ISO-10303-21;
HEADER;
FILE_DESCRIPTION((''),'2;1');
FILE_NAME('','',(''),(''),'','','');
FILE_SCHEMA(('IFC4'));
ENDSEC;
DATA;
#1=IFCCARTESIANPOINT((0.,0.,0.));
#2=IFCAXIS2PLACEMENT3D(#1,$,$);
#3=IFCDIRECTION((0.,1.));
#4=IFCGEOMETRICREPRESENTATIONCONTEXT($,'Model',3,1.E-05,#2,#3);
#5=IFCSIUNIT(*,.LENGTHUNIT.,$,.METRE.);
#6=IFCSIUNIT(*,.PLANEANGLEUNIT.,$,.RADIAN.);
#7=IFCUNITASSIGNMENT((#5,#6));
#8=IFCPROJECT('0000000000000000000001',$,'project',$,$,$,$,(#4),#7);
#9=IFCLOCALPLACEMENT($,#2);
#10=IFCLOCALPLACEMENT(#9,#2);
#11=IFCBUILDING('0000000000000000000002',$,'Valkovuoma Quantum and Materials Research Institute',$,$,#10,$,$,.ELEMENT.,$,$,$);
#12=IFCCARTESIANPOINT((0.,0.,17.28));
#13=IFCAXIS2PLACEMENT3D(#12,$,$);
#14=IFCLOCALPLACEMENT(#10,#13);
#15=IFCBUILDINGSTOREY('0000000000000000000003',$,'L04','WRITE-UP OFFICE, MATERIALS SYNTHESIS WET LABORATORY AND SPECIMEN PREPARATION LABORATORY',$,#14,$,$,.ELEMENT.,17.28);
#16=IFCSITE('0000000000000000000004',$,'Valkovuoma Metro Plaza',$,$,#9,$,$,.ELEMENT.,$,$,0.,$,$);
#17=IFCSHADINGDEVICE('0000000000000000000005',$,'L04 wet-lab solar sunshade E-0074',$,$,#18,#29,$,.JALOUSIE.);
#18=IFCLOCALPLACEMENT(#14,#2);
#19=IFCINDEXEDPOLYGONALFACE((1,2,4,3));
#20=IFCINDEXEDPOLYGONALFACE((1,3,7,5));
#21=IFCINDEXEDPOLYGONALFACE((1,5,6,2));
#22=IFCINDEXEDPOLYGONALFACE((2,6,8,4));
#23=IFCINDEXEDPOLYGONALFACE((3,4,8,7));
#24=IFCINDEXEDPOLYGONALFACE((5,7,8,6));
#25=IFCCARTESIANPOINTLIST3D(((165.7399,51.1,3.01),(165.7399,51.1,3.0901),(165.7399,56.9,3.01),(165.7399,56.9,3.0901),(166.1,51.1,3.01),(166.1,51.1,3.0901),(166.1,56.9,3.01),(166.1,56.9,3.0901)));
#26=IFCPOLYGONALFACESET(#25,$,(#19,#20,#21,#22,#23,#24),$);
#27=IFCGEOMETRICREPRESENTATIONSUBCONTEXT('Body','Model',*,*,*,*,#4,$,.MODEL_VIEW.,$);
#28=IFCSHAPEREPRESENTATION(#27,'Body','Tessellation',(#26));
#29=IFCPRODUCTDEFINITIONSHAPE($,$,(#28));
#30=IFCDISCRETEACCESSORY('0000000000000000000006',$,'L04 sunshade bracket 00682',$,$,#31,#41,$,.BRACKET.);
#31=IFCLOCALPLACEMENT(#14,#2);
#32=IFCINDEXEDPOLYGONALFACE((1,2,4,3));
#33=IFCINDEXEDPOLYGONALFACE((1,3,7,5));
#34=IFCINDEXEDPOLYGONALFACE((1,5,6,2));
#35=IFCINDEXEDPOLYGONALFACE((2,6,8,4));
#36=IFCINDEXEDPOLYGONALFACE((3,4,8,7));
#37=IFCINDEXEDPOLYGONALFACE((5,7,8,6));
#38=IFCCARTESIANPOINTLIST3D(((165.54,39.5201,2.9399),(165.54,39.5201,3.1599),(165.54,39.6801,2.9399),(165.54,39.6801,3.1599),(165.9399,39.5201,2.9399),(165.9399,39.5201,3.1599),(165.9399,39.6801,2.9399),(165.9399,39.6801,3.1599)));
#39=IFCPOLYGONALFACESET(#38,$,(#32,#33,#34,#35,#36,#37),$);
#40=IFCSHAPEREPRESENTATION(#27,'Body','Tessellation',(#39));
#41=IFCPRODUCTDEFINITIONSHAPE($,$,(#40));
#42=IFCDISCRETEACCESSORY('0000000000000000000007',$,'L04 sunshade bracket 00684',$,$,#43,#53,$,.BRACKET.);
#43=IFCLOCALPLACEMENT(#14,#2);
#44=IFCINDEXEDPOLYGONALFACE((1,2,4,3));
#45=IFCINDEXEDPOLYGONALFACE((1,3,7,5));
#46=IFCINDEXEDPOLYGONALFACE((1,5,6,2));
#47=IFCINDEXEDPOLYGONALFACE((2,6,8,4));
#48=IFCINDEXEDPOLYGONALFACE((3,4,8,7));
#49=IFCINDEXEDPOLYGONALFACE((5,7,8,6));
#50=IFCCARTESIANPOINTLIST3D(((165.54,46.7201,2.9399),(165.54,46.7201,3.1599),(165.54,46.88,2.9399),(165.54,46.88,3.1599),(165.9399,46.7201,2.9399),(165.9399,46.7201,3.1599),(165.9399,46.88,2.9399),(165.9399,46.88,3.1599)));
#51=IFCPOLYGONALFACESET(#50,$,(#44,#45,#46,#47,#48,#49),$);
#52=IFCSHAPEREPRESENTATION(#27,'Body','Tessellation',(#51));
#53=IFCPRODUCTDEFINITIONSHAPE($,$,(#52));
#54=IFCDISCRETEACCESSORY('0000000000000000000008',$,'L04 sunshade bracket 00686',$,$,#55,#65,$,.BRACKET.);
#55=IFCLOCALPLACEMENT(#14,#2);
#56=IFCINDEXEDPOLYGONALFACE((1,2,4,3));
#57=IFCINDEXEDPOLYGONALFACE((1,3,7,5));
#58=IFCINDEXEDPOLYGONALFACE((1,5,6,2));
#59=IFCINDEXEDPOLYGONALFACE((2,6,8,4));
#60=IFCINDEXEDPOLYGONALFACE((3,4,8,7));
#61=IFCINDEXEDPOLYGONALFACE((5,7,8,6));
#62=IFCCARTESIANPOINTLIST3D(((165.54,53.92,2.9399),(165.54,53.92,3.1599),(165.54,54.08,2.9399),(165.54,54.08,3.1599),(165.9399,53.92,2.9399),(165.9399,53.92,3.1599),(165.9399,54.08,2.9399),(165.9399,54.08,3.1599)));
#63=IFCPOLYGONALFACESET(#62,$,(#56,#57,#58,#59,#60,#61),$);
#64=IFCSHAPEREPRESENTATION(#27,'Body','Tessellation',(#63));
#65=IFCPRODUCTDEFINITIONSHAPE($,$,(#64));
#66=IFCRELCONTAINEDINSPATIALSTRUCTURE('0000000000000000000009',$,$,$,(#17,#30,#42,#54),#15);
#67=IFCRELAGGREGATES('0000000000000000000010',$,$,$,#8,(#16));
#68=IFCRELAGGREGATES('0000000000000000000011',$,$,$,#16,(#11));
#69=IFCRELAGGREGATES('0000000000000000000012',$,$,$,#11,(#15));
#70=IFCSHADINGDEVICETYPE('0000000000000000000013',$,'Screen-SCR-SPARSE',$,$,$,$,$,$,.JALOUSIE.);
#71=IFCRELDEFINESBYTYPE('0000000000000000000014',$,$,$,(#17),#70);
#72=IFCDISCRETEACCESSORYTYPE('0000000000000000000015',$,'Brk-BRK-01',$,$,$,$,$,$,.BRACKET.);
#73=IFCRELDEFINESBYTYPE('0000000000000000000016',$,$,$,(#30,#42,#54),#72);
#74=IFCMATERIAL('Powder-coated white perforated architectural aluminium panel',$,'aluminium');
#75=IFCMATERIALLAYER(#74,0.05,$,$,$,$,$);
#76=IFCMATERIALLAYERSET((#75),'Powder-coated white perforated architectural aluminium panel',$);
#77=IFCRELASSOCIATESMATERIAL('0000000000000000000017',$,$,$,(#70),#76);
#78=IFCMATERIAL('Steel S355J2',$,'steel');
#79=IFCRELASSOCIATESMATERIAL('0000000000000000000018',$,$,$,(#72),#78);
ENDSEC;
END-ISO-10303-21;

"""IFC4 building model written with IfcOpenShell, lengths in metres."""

from ifc_helpers import new_model, si_unit, direction, frame, origin, origin_2d, place, context, subcontext, project, spatial, rectangle, extrude, material, layer, layer_set, type_object, element, save


model = new_model("IFC4")

# Units and contexts
model_context = context("Model", 3, precision=1e-05, world=origin(), true_north=direction((0.0, 1.0)))
body_context = subcontext(model_context, "Body", "Model", "MODEL_VIEW")
ifc_project = project(units=[si_unit("LENGTHUNIT", "METRE"), si_unit("PLANEANGLEUNIT", "RADIAN")], contexts=[model_context])

# Site, building, storey
site_placement = place(None, origin())
site = spatial("IfcSite", under=ifc_project, at=site_placement, Name="Valkovuoma Metro Plaza", CompositionType="ELEMENT", RefElevation=0.0)
building_placement = place(site_placement, origin())
building = spatial("IfcBuilding", under=site, at=building_placement, Name="Valkovuoma Quantum and Materials Research Institute", CompositionType="ELEMENT")
storey_placement = place(building_placement, frame((0.0, 0.0, 17.28)))
storey = spatial("IfcBuildingStorey", under=building, at=storey_placement, Name="L04", Description="WRITE-UP OFFICE, MATERIALS SYNTHESIS WET LABORATORY AND SPECIMEN PREPARATION LABORATORY", CompositionType="ELEMENT", Elevation=17.28)

# Shading device
ifc_material_1 = material(Name="Powder-coated white perforated architectural aluminium panel", Category="aluminium")
ifc_layer_1 = layer(ifc_material_1, 0.05)
ifc_layer_set_1 = layer_set([ifc_layer_1], Name="Powder-coated white perforated architectural aluminium panel")
shading_device_type_1 = type_object("IfcShadingDeviceType", Name="Screen-SCR-SPARSE", PredefinedType="JALOUSIE", material=ifc_layer_set_1)
shading_device_1_placement = place(storey_placement, frame((165.9199, 54.0, 3.01), z_axis=(0.0, 0.0, 1.0), x_axis=(1.0, 0.0, 0.0)))
element("IfcShadingDevice", 1, at=shading_device_1_placement, inside=storey, type_object=shading_device_type_1, Name="L04 wet-lab solar sunshade E-0074", PredefinedType="JALOUSIE", context=body_context, shape_type="SweptSolid", body=[
    extrude(rectangle(XDim=0.3601, YDim=5.8, at=origin_2d()), origin(), (0.0, 0.0, 1.0), 0.0801),
])

# Discrete accessories
ifc_material_2 = material(Name="Steel S355J2", Category="steel")
discrete_accessory_type = type_object("IfcDiscreteAccessoryType", Name="Brk-BRK-01", PredefinedType="BRACKET", material=ifc_material_2)
for number, where, z_axis, x_axis, name in (
    (2, (165.74, 39.6001, 2.9399), (0.0, 0.0, 1.0), (1.0, 0.0, 0.0), "L04 sunshade bracket 00682"),
    (3, (165.74, 46.8, 2.9399), (0.0, 0.0, 1.0), (1.0, 0.0, 0.0), "L04 sunshade bracket 00684"),
    (4, (165.74, 54.0, 2.9399), (0.0, 0.0, 1.0), (1.0, 0.0, 0.0), "L04 sunshade bracket 00686"),
):
    element("IfcDiscreteAccessory", number, at=place(storey_placement, frame(where, z_axis=z_axis, x_axis=x_axis)), inside=storey, type_object=discrete_accessory_type, Name=name, PredefinedType="BRACKET", context=body_context, shape_type="SweptSolid", body=[
        extrude(rectangle(XDim=0.3999, YDim=0.1599, at=origin_2d()), origin(), (0.0, 0.0, 1.0), 0.22),
    ])

save(model, "model.ifc")
